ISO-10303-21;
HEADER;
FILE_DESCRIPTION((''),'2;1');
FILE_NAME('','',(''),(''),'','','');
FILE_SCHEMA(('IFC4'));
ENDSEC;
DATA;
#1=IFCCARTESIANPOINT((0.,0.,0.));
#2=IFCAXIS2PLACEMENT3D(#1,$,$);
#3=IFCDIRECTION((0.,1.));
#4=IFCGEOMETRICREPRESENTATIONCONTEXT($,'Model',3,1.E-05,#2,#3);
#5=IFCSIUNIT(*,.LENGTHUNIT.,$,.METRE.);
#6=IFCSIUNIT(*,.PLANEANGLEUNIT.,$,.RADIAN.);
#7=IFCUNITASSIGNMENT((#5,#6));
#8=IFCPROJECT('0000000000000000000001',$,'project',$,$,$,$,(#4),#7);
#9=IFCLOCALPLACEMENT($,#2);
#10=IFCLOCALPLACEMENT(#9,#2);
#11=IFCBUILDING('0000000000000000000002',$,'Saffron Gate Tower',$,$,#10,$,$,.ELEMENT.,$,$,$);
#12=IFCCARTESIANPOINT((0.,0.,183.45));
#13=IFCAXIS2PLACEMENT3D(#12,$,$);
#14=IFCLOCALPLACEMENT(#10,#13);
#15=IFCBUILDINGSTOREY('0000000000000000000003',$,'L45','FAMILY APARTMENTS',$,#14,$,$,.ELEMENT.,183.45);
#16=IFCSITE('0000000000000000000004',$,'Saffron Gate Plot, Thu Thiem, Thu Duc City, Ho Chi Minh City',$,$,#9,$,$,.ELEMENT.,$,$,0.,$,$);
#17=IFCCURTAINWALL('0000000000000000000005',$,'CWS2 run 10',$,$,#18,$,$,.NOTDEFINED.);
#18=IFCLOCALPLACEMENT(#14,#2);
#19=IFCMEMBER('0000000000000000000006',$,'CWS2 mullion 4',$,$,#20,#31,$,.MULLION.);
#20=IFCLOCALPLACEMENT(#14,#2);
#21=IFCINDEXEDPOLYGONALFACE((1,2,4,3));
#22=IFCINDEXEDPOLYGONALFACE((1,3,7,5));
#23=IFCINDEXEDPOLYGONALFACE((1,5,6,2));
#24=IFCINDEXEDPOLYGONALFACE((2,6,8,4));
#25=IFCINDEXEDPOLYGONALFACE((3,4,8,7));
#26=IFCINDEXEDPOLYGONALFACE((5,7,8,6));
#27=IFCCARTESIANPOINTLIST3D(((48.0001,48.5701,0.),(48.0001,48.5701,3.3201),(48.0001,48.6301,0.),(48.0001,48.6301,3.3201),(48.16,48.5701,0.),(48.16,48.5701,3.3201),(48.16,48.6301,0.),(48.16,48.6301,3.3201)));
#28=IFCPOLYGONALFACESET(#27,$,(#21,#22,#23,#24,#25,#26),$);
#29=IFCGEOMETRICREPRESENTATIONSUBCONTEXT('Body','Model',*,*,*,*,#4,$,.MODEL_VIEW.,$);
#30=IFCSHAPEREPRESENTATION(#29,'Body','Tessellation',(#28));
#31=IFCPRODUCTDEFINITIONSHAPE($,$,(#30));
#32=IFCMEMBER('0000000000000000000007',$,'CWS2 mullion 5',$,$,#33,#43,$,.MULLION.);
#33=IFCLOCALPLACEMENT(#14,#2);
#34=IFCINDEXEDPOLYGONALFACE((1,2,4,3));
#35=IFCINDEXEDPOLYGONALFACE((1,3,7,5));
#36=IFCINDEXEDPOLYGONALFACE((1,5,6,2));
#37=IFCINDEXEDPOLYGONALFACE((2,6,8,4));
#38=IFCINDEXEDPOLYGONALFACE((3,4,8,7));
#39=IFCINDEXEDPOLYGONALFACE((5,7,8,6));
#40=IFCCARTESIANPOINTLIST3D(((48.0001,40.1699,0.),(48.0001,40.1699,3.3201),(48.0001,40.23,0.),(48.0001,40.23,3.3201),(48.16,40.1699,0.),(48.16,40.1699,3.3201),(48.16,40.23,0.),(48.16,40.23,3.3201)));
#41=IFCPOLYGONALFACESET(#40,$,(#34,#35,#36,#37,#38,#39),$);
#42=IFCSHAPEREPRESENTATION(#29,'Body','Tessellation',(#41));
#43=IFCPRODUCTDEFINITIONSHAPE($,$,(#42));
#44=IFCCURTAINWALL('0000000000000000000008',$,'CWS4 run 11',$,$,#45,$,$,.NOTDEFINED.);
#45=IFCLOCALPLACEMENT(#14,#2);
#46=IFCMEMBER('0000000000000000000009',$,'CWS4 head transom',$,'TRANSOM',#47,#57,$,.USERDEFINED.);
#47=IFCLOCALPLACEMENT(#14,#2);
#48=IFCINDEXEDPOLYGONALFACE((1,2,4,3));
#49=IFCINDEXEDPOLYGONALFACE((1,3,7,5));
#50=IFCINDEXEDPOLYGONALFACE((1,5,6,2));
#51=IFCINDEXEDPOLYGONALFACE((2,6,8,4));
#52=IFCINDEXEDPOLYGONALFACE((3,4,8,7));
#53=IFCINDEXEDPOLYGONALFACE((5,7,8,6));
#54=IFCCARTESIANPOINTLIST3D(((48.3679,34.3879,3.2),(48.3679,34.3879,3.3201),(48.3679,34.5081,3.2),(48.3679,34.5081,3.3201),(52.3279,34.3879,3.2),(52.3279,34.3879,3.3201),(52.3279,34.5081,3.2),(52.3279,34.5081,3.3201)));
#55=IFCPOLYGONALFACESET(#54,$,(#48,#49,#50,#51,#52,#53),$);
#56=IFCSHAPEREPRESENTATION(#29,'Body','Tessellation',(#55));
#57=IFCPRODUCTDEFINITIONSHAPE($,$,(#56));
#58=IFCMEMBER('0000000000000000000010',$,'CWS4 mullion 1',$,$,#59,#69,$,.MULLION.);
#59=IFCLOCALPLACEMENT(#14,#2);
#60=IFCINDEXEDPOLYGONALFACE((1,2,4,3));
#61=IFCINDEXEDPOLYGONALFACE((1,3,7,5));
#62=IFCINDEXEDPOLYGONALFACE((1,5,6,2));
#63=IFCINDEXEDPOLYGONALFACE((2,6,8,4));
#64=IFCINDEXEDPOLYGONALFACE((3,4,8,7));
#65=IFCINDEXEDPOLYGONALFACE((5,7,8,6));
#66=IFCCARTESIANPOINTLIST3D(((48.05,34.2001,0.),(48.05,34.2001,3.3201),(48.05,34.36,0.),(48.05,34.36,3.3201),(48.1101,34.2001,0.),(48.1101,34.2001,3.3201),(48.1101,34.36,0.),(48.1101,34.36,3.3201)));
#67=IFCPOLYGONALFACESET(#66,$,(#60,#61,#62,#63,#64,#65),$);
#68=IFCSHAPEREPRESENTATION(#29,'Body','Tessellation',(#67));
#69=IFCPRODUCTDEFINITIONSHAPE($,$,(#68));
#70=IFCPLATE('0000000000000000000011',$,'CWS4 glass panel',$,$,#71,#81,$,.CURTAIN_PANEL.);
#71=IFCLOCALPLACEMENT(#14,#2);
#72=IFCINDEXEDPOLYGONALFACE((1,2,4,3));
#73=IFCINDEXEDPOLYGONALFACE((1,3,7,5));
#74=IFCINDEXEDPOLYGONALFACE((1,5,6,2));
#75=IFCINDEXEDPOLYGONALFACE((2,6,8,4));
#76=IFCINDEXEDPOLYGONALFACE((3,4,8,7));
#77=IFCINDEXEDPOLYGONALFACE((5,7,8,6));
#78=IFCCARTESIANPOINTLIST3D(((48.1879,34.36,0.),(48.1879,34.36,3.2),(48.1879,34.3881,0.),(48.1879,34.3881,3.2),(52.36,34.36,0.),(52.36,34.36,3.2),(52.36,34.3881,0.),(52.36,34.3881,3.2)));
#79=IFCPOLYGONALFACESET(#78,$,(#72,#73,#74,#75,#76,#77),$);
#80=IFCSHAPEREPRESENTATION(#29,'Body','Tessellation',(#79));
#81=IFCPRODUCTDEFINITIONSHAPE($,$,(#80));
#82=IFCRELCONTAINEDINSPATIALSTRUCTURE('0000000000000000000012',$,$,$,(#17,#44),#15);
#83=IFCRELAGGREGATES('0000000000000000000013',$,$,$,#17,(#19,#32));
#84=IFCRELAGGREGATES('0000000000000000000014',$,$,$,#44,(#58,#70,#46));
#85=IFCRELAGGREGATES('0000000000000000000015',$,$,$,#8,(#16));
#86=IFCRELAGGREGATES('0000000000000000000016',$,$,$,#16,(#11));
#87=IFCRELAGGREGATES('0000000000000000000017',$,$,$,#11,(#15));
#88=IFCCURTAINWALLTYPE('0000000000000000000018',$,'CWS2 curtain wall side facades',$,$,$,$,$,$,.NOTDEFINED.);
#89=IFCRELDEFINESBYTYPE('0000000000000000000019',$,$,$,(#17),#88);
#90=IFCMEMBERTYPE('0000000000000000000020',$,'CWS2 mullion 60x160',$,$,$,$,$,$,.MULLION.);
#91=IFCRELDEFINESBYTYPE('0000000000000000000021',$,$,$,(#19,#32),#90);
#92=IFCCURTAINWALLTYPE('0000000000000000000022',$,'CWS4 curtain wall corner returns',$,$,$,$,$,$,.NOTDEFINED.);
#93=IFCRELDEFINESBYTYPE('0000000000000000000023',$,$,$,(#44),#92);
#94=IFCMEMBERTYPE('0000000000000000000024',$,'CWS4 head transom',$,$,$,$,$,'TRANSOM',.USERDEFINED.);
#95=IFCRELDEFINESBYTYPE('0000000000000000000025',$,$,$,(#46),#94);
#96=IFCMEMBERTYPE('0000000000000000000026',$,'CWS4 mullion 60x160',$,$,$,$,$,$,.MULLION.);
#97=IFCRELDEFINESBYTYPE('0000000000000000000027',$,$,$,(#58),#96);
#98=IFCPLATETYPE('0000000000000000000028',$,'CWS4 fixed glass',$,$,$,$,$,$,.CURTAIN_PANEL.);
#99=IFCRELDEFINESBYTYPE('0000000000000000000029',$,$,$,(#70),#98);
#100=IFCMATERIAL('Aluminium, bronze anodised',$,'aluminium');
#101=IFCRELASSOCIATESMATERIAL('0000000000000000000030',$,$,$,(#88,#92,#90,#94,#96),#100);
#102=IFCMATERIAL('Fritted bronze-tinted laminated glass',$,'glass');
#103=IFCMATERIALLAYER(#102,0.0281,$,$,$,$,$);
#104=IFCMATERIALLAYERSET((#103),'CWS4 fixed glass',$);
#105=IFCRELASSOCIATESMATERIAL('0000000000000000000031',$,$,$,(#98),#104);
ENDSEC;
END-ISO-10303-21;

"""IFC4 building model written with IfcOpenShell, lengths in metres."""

from ifc_helpers import new_model, si_unit, direction, frame, frame_2d, origin, origin_2d, place, context, subcontext, project, spatial, rectangle, extrude, material, layer, layer_set, material_profile, profile_set, type_object, element, aggregate, save


model = new_model("IFC4")

# Units and contexts
model_context = context("Model", 3, precision=1e-05, world=origin(), true_north=direction((0.0, 1.0)))
body_context = subcontext(model_context, "Body", "Model", "MODEL_VIEW")
ifc_project = project(units=[si_unit("LENGTHUNIT", "METRE"), si_unit("PLANEANGLEUNIT", "RADIAN")], contexts=[model_context])

# Site, building, storey
site_placement = place(None, origin())
site = spatial("IfcSite", under=ifc_project, at=site_placement, Name="Saffron Gate Plot, Thu Thiem, Thu Duc City, Ho Chi Minh City", CompositionType="ELEMENT", RefElevation=0.0)
building_placement = place(site_placement, origin())
building = spatial("IfcBuilding", under=site, at=building_placement, Name="Saffron Gate Tower", CompositionType="ELEMENT")
storey_placement = place(building_placement, frame((0.0, 0.0, 183.45)))
storey = spatial("IfcBuildingStorey", under=building, at=storey_placement, Name="L45", Description="FAMILY APARTMENTS", CompositionType="ELEMENT", Elevation=183.45)

# Curtain wall, members
ifc_material_1 = material(Name="Aluminium, bronze anodised", Category="aluminium")
curtain_wall_type_1 = type_object("IfcCurtainWallType", Name="CWS2 curtain wall side facades", PredefinedType="NOTDEFINED", material=ifc_material_1)
curtain_wall_1_placement = place(storey_placement, origin())
curtain_wall_1 = element("IfcCurtainWall", 1, at=curtain_wall_1_placement, inside=storey, type_object=curtain_wall_type_1, Name="CWS2 run 10", PredefinedType="NOTDEFINED")
ifc_material_profile_1 = material_profile(ifc_material_1, rectangle(XDim=0.1599, YDim=0.0601, at=origin_2d()))
ifc_profile_set_1 = profile_set([ifc_material_profile_1], Name="Aluminium, bronze anodised")
member_type_1 = type_object("IfcMemberType", Name="CWS2 mullion 60x160", PredefinedType="MULLION", material=ifc_profile_set_1)
member_1_placement = place(storey_placement, frame((48.0801, 48.6001, 0.0), z_axis=(0.0, 0.0, 1.0), x_axis=(1.0, 0.0, 0.0)))
member_1 = element("IfcMember", 2, at=member_1_placement, type_object=member_type_1, Name="CWS2 mullion 4", PredefinedType="MULLION", context=body_context, shape_type="SweptSolid", body=[
    extrude(rectangle(XDim=0.1599, YDim=0.0601, at=origin_2d()), origin(), (0.0, 0.0, 1.0), 3.3201),
])
member_2_placement = place(storey_placement, frame((48.0801, 40.2, 0.0), z_axis=(0.0, 0.0, 1.0), x_axis=(1.0, 0.0, 0.0)))
member_2 = element("IfcMember", 3, at=member_2_placement, type_object=member_type_1, Name="CWS2 mullion 5", PredefinedType="MULLION", context=body_context, shape_type="SweptSolid", body=[
    extrude(rectangle(XDim=0.1599, YDim=0.0601, at=origin_2d()), origin(), (0.0, 0.0, 1.0), 3.3201),
])
aggregate(curtain_wall_1, [member_1, member_2])

# Curtain wall, members, plate
curtain_wall_type_2 = type_object("IfcCurtainWallType", Name="CWS4 curtain wall corner returns", PredefinedType="NOTDEFINED", material=ifc_material_1)
curtain_wall_2_placement = place(storey_placement, origin())
curtain_wall_2 = element("IfcCurtainWall", 4, at=curtain_wall_2_placement, inside=storey, type_object=curtain_wall_type_2, Name="CWS4 run 11", PredefinedType="NOTDEFINED")
ifc_material_profile_2 = material_profile(ifc_material_1, rectangle(XDim=0.1201, YDim=0.1201, at=origin_2d()))
ifc_profile_set_2 = profile_set([ifc_material_profile_2], Name="Aluminium, bronze anodised")
member_type_2 = type_object("IfcMemberType", Name="CWS4 head transom", ElementType="TRANSOM", PredefinedType="USERDEFINED", material=ifc_profile_set_2)
member_3_placement = place(storey_placement, frame((48.3679, 34.448, 3.26), z_axis=(1.0, 0.0, 0.0), x_axis=(0.0, 1.0, 0.0)))
member_3 = element("IfcMember", 5, at=member_3_placement, type_object=member_type_2, Name="CWS4 head transom", ObjectType="TRANSOM", PredefinedType="USERDEFINED", context=body_context, shape_type="SweptSolid", body=[
    extrude(rectangle(XDim=0.1201, YDim=0.1201, at=origin_2d()), origin(), (0.0, 0.0, 1.0), 3.96),
])
ifc_material_profile_3 = material_profile(ifc_material_1, rectangle(XDim=0.1599, YDim=0.0601, at=origin_2d()))
ifc_profile_set_3 = profile_set([ifc_material_profile_3], Name="Aluminium, bronze anodised")
member_type_3 = type_object("IfcMemberType", Name="CWS4 mullion 60x160", PredefinedType="MULLION", material=ifc_profile_set_3)
member_4_placement = place(storey_placement, frame((48.0801, 34.28, 0.0), z_axis=(0.0, 0.0, 1.0), x_axis=(0.0, 1.0, 0.0)))
member_4 = element("IfcMember", 6, at=member_4_placement, type_object=member_type_3, Name="CWS4 mullion 1", PredefinedType="MULLION", context=body_context, shape_type="SweptSolid", body=[
    extrude(rectangle(XDim=0.1599, YDim=0.0601, at=origin_2d()), origin(), (0.0, 0.0, 1.0), 3.3201),
])
ifc_material_2 = material(Name="Fritted bronze-tinted laminated glass", Category="glass")
ifc_layer_1 = layer(ifc_material_2, 0.0281)
ifc_layer_set_1 = layer_set([ifc_layer_1], Name="CWS4 fixed glass")
plate_type = type_object("IfcPlateType", Name="CWS4 fixed glass", PredefinedType="CURTAIN_PANEL", material=ifc_layer_set_1)
plate_placement = place(storey_placement, frame((48.188, 34.374, 0.0), z_axis=(0.0, 0.0, 1.0), x_axis=(1.0, 0.0, 0.0)))
plate = element("IfcPlate", 7, at=plate_placement, type_object=plate_type, Name="CWS4 glass panel", PredefinedType="CURTAIN_PANEL", context=body_context, shape_type="SweptSolid", body=[
    extrude(rectangle(XDim=4.1721, YDim=0.0281, at=frame_2d((2.0859, 0.0))), origin(), (0.0, 0.0, 1.0), 3.2),
])
aggregate(curtain_wall_2, [member_4, plate, member_3])

save(model, "model.ifc")
